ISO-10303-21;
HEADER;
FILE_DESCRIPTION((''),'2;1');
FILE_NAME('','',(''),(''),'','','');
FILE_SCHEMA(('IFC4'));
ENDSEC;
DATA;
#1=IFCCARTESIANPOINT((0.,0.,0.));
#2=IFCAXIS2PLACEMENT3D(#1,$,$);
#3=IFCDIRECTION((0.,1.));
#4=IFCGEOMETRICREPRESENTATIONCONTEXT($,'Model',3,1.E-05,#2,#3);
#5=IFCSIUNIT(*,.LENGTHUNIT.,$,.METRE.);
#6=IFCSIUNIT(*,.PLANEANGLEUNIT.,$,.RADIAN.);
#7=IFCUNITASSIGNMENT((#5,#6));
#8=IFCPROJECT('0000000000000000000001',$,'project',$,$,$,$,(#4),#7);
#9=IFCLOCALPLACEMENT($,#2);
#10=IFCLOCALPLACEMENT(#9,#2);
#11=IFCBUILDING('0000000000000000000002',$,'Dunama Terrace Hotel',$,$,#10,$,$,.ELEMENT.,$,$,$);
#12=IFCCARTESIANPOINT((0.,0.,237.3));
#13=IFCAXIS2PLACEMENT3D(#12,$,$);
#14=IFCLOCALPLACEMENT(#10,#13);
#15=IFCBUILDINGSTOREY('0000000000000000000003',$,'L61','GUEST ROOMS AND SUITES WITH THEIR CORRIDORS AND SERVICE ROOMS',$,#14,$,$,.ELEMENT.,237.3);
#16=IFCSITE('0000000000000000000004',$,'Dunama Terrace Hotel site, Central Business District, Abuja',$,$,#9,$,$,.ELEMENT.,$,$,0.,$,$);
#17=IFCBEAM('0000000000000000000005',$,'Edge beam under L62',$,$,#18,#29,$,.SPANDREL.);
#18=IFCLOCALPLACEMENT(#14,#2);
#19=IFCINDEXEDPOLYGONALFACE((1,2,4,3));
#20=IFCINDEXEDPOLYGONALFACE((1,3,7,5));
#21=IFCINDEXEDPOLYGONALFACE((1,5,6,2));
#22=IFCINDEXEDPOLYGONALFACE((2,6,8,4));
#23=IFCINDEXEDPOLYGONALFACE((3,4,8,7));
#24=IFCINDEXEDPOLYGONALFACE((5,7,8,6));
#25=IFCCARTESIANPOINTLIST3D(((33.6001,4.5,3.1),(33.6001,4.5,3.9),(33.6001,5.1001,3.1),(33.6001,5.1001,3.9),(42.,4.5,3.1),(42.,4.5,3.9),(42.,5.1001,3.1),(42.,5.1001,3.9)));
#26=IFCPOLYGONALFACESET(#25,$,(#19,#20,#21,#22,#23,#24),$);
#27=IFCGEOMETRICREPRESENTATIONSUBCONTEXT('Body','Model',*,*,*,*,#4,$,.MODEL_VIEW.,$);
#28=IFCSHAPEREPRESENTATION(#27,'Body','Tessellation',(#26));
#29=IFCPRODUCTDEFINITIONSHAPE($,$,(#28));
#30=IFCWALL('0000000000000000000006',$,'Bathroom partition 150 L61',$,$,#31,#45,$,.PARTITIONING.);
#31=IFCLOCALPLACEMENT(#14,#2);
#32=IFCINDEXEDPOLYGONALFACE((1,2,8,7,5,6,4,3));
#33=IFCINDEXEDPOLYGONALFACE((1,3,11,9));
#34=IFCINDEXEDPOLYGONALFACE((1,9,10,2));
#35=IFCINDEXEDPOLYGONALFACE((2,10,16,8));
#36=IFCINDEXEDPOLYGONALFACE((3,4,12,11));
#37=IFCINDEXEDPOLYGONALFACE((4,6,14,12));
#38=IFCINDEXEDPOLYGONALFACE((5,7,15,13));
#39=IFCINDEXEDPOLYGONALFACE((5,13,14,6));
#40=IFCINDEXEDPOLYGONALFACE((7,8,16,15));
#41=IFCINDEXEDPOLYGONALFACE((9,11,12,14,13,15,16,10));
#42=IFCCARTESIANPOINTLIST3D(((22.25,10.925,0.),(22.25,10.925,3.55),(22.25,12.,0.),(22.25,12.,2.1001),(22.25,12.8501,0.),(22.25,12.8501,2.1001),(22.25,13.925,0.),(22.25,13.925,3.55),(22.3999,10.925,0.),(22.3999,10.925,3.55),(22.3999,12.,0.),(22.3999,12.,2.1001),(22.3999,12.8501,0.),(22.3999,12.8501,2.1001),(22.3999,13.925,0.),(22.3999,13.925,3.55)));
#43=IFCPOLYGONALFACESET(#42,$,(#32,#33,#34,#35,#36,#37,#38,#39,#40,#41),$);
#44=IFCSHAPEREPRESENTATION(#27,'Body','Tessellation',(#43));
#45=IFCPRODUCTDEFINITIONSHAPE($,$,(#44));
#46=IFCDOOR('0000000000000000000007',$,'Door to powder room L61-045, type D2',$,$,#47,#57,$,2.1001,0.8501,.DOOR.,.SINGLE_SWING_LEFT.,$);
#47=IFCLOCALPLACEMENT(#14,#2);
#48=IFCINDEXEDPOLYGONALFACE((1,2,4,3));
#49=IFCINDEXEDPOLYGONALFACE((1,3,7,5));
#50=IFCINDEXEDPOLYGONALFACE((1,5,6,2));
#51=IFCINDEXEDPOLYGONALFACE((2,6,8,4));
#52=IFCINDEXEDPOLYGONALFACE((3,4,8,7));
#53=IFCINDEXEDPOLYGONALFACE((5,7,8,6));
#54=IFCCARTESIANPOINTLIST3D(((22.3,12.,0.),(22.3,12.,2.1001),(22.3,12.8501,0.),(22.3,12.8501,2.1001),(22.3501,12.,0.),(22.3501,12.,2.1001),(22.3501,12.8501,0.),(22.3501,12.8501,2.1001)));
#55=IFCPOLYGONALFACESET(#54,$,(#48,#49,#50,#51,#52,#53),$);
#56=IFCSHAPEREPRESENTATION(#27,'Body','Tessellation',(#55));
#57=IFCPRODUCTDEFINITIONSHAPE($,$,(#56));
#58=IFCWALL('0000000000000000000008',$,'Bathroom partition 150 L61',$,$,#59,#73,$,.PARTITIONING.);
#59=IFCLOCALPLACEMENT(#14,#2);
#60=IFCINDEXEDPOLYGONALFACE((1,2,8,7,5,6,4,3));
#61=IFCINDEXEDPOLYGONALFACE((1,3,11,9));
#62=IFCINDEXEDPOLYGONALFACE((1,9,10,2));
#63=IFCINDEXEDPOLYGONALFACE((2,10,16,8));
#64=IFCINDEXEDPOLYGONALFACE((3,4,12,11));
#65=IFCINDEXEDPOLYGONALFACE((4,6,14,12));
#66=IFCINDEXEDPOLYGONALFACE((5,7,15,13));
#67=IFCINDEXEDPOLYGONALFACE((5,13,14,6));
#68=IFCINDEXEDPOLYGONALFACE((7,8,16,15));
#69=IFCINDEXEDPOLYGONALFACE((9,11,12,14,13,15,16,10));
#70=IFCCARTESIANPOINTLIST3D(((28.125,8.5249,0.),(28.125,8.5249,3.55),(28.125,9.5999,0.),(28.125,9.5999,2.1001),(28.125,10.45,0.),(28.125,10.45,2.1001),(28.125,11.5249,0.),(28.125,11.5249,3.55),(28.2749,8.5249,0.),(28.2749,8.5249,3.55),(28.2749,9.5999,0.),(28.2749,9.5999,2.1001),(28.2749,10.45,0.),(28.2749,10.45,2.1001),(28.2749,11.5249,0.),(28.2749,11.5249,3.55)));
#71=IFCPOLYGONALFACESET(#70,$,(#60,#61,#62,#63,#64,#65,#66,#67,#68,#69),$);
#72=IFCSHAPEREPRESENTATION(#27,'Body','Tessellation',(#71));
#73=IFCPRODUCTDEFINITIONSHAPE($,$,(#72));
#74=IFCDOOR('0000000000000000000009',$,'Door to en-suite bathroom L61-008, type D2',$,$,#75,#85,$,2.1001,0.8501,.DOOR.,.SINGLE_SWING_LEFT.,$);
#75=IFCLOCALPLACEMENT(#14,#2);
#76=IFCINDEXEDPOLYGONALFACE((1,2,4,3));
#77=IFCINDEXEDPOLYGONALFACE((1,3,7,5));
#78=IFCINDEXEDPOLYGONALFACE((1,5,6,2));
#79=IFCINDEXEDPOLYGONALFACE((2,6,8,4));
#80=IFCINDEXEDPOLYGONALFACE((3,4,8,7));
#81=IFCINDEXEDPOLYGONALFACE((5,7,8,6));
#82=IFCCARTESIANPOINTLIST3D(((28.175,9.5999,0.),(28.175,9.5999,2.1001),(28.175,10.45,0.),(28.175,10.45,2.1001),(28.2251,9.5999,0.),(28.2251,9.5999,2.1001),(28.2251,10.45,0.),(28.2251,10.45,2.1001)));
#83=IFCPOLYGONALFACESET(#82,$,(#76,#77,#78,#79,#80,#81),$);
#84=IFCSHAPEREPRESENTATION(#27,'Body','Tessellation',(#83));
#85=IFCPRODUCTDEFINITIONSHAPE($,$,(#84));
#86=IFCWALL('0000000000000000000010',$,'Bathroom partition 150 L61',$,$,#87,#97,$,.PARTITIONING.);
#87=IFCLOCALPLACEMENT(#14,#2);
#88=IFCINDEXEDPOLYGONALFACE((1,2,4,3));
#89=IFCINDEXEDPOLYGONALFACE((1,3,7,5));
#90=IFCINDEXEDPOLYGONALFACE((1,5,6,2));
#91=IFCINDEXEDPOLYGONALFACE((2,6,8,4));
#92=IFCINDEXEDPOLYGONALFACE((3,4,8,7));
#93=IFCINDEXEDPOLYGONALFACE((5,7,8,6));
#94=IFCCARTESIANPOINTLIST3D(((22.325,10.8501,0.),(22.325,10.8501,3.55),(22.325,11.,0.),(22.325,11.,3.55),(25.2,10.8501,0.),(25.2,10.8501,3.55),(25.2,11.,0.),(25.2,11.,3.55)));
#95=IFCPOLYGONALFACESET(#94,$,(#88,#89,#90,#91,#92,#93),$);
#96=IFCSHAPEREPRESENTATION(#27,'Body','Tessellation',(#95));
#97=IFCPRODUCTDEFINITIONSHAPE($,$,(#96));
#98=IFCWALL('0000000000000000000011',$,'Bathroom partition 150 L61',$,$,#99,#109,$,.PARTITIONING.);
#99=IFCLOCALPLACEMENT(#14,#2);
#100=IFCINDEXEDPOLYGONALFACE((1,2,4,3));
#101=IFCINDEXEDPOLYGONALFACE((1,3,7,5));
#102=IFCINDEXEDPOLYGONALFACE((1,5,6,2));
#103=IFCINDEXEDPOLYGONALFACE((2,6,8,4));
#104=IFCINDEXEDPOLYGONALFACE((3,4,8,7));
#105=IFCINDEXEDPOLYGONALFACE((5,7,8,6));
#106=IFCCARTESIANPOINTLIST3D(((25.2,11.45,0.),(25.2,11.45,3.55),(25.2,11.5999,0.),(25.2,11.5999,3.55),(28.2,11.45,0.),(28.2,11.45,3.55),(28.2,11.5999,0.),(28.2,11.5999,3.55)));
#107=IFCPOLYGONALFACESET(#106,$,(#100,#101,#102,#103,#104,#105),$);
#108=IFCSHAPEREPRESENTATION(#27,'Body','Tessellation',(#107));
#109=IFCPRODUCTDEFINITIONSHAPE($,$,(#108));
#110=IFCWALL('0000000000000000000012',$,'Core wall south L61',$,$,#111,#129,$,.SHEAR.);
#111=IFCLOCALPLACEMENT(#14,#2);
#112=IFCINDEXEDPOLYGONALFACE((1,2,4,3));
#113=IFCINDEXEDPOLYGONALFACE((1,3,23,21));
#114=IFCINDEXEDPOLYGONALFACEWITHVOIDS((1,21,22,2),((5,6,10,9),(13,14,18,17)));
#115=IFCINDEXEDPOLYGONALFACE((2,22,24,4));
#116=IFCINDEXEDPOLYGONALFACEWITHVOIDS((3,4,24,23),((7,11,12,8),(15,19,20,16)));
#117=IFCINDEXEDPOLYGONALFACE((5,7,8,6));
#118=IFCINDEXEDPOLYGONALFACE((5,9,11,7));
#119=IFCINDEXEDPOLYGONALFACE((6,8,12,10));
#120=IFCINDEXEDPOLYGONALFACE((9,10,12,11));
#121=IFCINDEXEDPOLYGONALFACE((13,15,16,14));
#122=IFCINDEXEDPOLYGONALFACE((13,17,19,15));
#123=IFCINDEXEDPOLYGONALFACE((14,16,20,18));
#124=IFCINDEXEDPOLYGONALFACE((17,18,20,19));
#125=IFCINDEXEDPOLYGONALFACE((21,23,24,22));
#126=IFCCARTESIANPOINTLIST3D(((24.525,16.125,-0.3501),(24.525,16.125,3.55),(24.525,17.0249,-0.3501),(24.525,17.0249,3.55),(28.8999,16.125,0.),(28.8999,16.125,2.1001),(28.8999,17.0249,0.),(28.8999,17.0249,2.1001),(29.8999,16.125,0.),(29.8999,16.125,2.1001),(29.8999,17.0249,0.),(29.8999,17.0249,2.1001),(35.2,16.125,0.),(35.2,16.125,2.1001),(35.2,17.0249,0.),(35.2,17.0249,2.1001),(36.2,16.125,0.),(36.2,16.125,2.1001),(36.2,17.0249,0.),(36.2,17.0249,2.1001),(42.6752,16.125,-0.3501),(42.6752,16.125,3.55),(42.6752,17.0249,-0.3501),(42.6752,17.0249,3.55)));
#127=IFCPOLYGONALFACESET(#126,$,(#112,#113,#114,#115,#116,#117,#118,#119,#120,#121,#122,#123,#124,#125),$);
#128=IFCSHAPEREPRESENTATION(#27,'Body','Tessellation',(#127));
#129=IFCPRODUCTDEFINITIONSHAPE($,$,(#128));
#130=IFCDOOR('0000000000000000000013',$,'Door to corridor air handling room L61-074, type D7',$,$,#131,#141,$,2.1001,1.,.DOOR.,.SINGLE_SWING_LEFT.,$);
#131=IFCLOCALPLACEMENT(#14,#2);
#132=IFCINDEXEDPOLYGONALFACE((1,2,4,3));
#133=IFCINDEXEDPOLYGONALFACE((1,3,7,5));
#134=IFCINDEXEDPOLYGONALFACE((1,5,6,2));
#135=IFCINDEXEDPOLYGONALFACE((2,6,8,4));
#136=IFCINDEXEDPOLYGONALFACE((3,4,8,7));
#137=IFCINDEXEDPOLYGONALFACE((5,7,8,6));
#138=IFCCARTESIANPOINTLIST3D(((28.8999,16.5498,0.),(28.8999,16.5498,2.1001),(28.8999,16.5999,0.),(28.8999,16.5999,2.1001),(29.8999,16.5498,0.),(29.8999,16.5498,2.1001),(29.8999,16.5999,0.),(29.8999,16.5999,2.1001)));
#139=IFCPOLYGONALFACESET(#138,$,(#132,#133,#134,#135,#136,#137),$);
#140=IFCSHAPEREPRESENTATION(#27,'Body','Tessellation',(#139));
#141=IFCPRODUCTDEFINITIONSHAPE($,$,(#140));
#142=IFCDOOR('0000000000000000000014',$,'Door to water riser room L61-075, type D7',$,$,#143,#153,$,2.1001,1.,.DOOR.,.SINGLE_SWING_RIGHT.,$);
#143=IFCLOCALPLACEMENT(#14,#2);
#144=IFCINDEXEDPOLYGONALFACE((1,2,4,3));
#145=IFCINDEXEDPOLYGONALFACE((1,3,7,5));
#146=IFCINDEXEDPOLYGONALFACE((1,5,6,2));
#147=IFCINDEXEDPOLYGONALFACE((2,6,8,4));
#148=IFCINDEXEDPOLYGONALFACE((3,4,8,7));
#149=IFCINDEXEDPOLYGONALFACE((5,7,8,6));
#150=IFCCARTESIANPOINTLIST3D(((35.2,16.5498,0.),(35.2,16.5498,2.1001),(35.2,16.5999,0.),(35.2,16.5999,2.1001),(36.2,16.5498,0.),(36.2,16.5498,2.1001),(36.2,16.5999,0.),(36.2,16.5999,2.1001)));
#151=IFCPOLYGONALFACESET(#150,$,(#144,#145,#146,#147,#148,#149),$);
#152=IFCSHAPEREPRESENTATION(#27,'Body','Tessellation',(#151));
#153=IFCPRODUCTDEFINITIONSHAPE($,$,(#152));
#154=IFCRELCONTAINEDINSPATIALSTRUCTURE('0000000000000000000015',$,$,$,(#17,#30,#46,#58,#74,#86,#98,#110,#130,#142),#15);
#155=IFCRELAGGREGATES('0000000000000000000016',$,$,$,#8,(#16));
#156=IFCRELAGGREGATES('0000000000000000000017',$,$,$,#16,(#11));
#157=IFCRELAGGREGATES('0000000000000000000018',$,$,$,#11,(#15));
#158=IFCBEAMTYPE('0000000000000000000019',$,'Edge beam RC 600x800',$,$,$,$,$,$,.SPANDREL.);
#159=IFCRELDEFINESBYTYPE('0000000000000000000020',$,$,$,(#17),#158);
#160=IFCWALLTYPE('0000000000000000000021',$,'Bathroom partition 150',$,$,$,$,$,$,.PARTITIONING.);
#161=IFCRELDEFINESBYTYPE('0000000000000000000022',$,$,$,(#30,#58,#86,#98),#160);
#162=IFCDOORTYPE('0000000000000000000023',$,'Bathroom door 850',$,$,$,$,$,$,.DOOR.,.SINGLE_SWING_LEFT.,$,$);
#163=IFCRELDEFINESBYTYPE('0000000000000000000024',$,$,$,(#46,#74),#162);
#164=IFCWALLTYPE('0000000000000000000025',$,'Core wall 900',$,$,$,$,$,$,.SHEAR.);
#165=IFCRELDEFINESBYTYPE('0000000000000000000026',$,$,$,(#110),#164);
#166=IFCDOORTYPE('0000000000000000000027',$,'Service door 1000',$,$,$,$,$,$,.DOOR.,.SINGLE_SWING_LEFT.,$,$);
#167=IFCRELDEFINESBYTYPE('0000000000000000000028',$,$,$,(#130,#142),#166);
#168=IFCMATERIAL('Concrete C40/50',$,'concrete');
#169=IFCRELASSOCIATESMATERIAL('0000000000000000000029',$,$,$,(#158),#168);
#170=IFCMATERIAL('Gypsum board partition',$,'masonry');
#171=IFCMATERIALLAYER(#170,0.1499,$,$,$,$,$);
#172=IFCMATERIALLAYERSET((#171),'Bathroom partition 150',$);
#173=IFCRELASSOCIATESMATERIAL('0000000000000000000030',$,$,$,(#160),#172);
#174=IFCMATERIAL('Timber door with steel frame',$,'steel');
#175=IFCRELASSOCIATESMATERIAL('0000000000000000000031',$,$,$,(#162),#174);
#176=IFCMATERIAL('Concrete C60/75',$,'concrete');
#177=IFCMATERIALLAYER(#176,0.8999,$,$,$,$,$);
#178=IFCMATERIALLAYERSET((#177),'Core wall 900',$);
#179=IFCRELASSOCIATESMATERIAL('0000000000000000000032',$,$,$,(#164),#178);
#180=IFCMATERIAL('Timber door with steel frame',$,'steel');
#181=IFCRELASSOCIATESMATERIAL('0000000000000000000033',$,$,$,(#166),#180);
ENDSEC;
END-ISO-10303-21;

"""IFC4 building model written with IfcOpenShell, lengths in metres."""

from ifc_helpers import new_model, si_unit, direction, frame, frame_2d, origin, origin_2d, place, context, subcontext, project, spatial, rectangle, extrude, material, layer, layer_set, material_profile, profile_set, type_object, element, fill, save


model = new_model("IFC4")

# Units and contexts
model_context = context("Model", 3, precision=1e-05, world=origin(), true_north=direction((0.0, 1.0)))
body_context = subcontext(model_context, "Body", "Model", "MODEL_VIEW")
ifc_project = project(units=[si_unit("LENGTHUNIT", "METRE"), si_unit("PLANEANGLEUNIT", "RADIAN")], contexts=[model_context])

# Site, building, storey
site_placement = place(None, origin())
site = spatial("IfcSite", under=ifc_project, at=site_placement, Name="Dunama Terrace Hotel site, Central Business District, Abuja", CompositionType="ELEMENT", RefElevation=0.0)
building_placement = place(site_placement, origin())
building = spatial("IfcBuilding", under=site, at=building_placement, Name="Dunama Terrace Hotel", CompositionType="ELEMENT")
storey_placement = place(building_placement, frame((0.0, 0.0, 237.3)))
storey = spatial("IfcBuildingStorey", under=building, at=storey_placement, Name="L61", Description="GUEST ROOMS AND SUITES WITH THEIR CORRIDORS AND SERVICE ROOMS", CompositionType="ELEMENT", Elevation=237.3)

# Beam
ifc_material_1 = material(Name="Concrete C40/50", Category="concrete")
ifc_material_profile = material_profile(ifc_material_1, rectangle(XDim=0.6001, YDim=0.8, at=origin_2d()), Name="RC 600x800")
ifc_profile_set = profile_set([ifc_material_profile], Name="Concrete C40/50")
beam_type = type_object("IfcBeamType", Name="Edge beam RC 600x800", PredefinedType="SPANDREL", material=ifc_profile_set)
beam_placement = place(storey_placement, frame((33.6001, 4.8, 3.5), z_axis=(1.0, 0.0, 0.0), x_axis=(0.0, 1.0, 0.0)))
element("IfcBeam", 1, at=beam_placement, inside=storey, type_object=beam_type, Name="Edge beam under L62", PredefinedType="SPANDREL", context=body_context, shape_type="SweptSolid", body=[
    extrude(rectangle(XDim=0.6001, YDim=0.8, at=origin_2d()), origin(), (0.0, 0.0, 1.0), 8.3999),
])

# Walls, openings, doors
ifc_material_2 = material(Name="Gypsum board partition", Category="masonry")
ifc_layer_1 = layer(ifc_material_2, 0.1499)
ifc_layer_set_1 = layer_set([ifc_layer_1], Name="Bathroom partition 150")
wall_type_1 = type_object("IfcWallType", Name="Bathroom partition 150", PredefinedType="PARTITIONING", material=ifc_layer_set_1)
wall_1_placement = place(storey_placement, frame((22.325, 10.925, 0.0), z_axis=(0.0, 0.0, 1.0), x_axis=(0.0, 1.0, 0.0)))
wall_1 = element("IfcWall", 2, at=wall_1_placement, inside=storey, type_object=wall_type_1, Name="Bathroom partition 150 L61", PredefinedType="PARTITIONING", context=body_context, shape_type="SweptSolid", body=[
    extrude(rectangle(XDim=3.0, YDim=0.1499, at=frame_2d((1.5, 0.0))), origin(), (0.0, 0.0, 1.0), 3.55),
])
opening_1_placement = place(wall_1_placement, frame((1.075, 0.0, 0.0)))
opening_1 = element("IfcOpeningElement", 3, at=opening_1_placement, cuts=wall_1, PredefinedType="OPENING", context=body_context, shape_type="SweptSolid", body=[
    extrude(rectangle(XDim=0.8501, YDim=2.1001, at=frame_2d((0.425, 1.05))), frame((0.0, 0.085, 0.0), z_axis=(0.0, -1.0, 0.0), x_axis=(1.0, 0.0, 0.0)), (0.0, 0.0, 1.0), 0.1699),
])
ifc_material_3 = material(Name="Timber door with steel frame", Category="steel")
door_type_1 = type_object("IfcDoorType", Name="Bathroom door 850", OperationType="SINGLE_SWING_LEFT", PredefinedType="DOOR", material=ifc_material_3)
door_1_placement = place(opening_1_placement, frame((0.8501, 0.0, 0.0), z_axis=(0.0, 0.0, 1.0), x_axis=(-1.0, 0.0, 0.0)))
door_1 = element("IfcDoor", 4, at=door_1_placement, inside=storey, type_object=door_type_1, Name="Door to powder room L61-045, type D2", OperationType="SINGLE_SWING_LEFT", OverallHeight=2.1001, OverallWidth=0.8501, PredefinedType="DOOR", context=body_context, shape_type="SweptSolid", body=[
    extrude(rectangle(XDim=0.8501, YDim=2.1001, at=frame_2d((0.425, 1.05))), frame((0.0, 0.0251, 0.0), z_axis=(0.0, -1.0, 0.0), x_axis=(1.0, 0.0, 0.0)), (0.0, 0.0, 1.0), 0.05),
])
fill(opening_1, door_1)
wall_2_placement = place(storey_placement, frame((28.2, 8.5249, 0.0), z_axis=(0.0, 0.0, 1.0), x_axis=(0.0, 1.0, 0.0)))
wall_2 = element("IfcWall", 5, at=wall_2_placement, inside=storey, type_object=wall_type_1, Name="Bathroom partition 150 L61", PredefinedType="PARTITIONING", context=body_context, shape_type="SweptSolid", body=[
    extrude(rectangle(XDim=3.0, YDim=0.1499, at=frame_2d((1.5, 0.0))), origin(), (0.0, 0.0, 1.0), 3.55),
])
opening_2_placement = place(wall_2_placement, frame((1.075, 0.0, 0.0)))
opening_2 = element("IfcOpeningElement", 6, at=opening_2_placement, cuts=wall_2, PredefinedType="OPENING", context=body_context, shape_type="SweptSolid", body=[
    extrude(rectangle(XDim=0.8501, YDim=2.1001, at=frame_2d((0.425, 1.05))), frame((0.0, 0.085, 0.0), z_axis=(0.0, -1.0, 0.0), x_axis=(1.0, 0.0, 0.0)), (0.0, 0.0, 1.0), 0.1699),
])
door_2_placement = place(opening_2_placement, origin())
door_2 = element("IfcDoor", 7, at=door_2_placement, inside=storey, type_object=door_type_1, Name="Door to en-suite bathroom L61-008, type D2", OperationType="SINGLE_SWING_LEFT", OverallHeight=2.1001, OverallWidth=0.8501, PredefinedType="DOOR", context=body_context, shape_type="SweptSolid", body=[
    extrude(rectangle(XDim=0.8501, YDim=2.1001, at=frame_2d((0.425, 1.05))), frame((0.0, 0.0249, 0.0), z_axis=(0.0, -1.0, 0.0), x_axis=(1.0, 0.0, 0.0)), (0.0, 0.0, 1.0), 0.05),
])
fill(opening_2, door_2)

# Walls
wall_3_placement = place(storey_placement, frame((22.325, 10.925, 0.0), z_axis=(0.0, 0.0, 1.0), x_axis=(1.0, 0.0, 0.0)))
element("IfcWall", 8, at=wall_3_placement, inside=storey, type_object=wall_type_1, Name="Bathroom partition 150 L61", PredefinedType="PARTITIONING", context=body_context, shape_type="SweptSolid", body=[
    extrude(rectangle(XDim=2.875, YDim=0.1499, at=frame_2d((1.4375, 0.0))), origin(), (0.0, 0.0, 1.0), 3.55),
])
wall_4_placement = place(storey_placement, frame((25.2, 11.5249, 0.0), z_axis=(0.0, 0.0, 1.0), x_axis=(1.0, 0.0, 0.0)))
element("IfcWall", 9, at=wall_4_placement, inside=storey, type_object=wall_type_1, Name="Bathroom partition 150 L61", PredefinedType="PARTITIONING", context=body_context, shape_type="SweptSolid", body=[
    extrude(rectangle(XDim=3.0, YDim=0.1499, at=frame_2d((1.5, 0.0))), origin(), (0.0, 0.0, 1.0), 3.55),
])

# Wall, openings, doors
ifc_material_4 = material(Name="Concrete C60/75", Category="concrete")
ifc_layer_2 = layer(ifc_material_4, 0.8999)
ifc_layer_set_2 = layer_set([ifc_layer_2], Name="Core wall 900")
wall_type_2 = type_object("IfcWallType", Name="Core wall 900", PredefinedType="SHEAR", material=ifc_layer_set_2)
wall_5_placement = place(storey_placement, frame((24.5249, 16.575, -0.3501), z_axis=(0.0, 0.0, 1.0), x_axis=(1.0, 0.0, 0.0)))
wall_5 = element("IfcWall", 10, at=wall_5_placement, inside=storey, type_object=wall_type_2, Name="Core wall south L61", PredefinedType="SHEAR", context=body_context, shape_type="SweptSolid", body=[
    extrude(rectangle(XDim=18.1501, YDim=0.8999, at=frame_2d((9.0752, 0.0))), origin(), (0.0, 0.0, 1.0), 3.9001),
])
opening_3_placement = place(wall_5_placement, frame((4.375, 0.0, 0.3501)))
opening_3 = element("IfcOpeningElement", 11, at=opening_3_placement, cuts=wall_5, PredefinedType="OPENING", context=body_context, shape_type="SweptSolid", body=[
    extrude(rectangle(XDim=1.0, YDim=2.1001, at=frame_2d((0.5, 1.05))), frame((0.0, 0.46, 0.0), z_axis=(0.0, -1.0, 0.0), x_axis=(1.0, 0.0, 0.0)), (0.0, 0.0, 1.0), 0.9199),
])
opening_4_placement = place(wall_5_placement, frame((10.675, 0.0, 0.3501)))
opening_4 = element("IfcOpeningElement", 12, at=opening_4_placement, cuts=wall_5, PredefinedType="OPENING", context=body_context, shape_type="SweptSolid", body=[
    extrude(rectangle(XDim=1.0, YDim=2.1001, at=frame_2d((0.5, 1.05))), frame((0.0, 0.46, 0.0), z_axis=(0.0, -1.0, 0.0), x_axis=(1.0, 0.0, 0.0)), (0.0, 0.0, 1.0), 0.9199),
])
ifc_material_5 = material(Name="Timber door with steel frame", Category="steel")
door_type_2 = type_object("IfcDoorType", Name="Service door 1000", OperationType="SINGLE_SWING_LEFT", PredefinedType="DOOR", material=ifc_material_5)
door_3_placement = place(opening_3_placement, origin())
door_3 = element("IfcDoor", 13, at=door_3_placement, inside=storey, type_object=door_type_2, Name="Door to corridor air handling room L61-074, type D7", OperationType="SINGLE_SWING_LEFT", OverallHeight=2.1001, OverallWidth=1.0, PredefinedType="DOOR", context=body_context, shape_type="SweptSolid", body=[
    extrude(rectangle(XDim=1.0, YDim=2.1001, at=frame_2d((0.5, 1.05))), frame((0.0, 0.0249, 0.0), z_axis=(0.0, -1.0, 0.0), x_axis=(1.0, 0.0, 0.0)), (0.0, 0.0, 1.0), 0.05),
])
fill(opening_3, door_3)
door_4_placement = place(opening_4_placement, origin())
door_4 = element("IfcDoor", 14, at=door_4_placement, inside=storey, type_object=door_type_2, Name="Door to water riser room L61-075, type D7", OperationType="SINGLE_SWING_RIGHT", OverallHeight=2.1001, OverallWidth=1.0, PredefinedType="DOOR", context=body_context, shape_type="SweptSolid", body=[
    extrude(rectangle(XDim=1.0, YDim=2.1001, at=frame_2d((0.5, 1.05))), frame((0.0, 0.0249, 0.0), z_axis=(0.0, -1.0, 0.0), x_axis=(1.0, 0.0, 0.0)), (0.0, 0.0, 1.0), 0.05),
])
fill(opening_4, door_4)

save(model, "model.ifc")
